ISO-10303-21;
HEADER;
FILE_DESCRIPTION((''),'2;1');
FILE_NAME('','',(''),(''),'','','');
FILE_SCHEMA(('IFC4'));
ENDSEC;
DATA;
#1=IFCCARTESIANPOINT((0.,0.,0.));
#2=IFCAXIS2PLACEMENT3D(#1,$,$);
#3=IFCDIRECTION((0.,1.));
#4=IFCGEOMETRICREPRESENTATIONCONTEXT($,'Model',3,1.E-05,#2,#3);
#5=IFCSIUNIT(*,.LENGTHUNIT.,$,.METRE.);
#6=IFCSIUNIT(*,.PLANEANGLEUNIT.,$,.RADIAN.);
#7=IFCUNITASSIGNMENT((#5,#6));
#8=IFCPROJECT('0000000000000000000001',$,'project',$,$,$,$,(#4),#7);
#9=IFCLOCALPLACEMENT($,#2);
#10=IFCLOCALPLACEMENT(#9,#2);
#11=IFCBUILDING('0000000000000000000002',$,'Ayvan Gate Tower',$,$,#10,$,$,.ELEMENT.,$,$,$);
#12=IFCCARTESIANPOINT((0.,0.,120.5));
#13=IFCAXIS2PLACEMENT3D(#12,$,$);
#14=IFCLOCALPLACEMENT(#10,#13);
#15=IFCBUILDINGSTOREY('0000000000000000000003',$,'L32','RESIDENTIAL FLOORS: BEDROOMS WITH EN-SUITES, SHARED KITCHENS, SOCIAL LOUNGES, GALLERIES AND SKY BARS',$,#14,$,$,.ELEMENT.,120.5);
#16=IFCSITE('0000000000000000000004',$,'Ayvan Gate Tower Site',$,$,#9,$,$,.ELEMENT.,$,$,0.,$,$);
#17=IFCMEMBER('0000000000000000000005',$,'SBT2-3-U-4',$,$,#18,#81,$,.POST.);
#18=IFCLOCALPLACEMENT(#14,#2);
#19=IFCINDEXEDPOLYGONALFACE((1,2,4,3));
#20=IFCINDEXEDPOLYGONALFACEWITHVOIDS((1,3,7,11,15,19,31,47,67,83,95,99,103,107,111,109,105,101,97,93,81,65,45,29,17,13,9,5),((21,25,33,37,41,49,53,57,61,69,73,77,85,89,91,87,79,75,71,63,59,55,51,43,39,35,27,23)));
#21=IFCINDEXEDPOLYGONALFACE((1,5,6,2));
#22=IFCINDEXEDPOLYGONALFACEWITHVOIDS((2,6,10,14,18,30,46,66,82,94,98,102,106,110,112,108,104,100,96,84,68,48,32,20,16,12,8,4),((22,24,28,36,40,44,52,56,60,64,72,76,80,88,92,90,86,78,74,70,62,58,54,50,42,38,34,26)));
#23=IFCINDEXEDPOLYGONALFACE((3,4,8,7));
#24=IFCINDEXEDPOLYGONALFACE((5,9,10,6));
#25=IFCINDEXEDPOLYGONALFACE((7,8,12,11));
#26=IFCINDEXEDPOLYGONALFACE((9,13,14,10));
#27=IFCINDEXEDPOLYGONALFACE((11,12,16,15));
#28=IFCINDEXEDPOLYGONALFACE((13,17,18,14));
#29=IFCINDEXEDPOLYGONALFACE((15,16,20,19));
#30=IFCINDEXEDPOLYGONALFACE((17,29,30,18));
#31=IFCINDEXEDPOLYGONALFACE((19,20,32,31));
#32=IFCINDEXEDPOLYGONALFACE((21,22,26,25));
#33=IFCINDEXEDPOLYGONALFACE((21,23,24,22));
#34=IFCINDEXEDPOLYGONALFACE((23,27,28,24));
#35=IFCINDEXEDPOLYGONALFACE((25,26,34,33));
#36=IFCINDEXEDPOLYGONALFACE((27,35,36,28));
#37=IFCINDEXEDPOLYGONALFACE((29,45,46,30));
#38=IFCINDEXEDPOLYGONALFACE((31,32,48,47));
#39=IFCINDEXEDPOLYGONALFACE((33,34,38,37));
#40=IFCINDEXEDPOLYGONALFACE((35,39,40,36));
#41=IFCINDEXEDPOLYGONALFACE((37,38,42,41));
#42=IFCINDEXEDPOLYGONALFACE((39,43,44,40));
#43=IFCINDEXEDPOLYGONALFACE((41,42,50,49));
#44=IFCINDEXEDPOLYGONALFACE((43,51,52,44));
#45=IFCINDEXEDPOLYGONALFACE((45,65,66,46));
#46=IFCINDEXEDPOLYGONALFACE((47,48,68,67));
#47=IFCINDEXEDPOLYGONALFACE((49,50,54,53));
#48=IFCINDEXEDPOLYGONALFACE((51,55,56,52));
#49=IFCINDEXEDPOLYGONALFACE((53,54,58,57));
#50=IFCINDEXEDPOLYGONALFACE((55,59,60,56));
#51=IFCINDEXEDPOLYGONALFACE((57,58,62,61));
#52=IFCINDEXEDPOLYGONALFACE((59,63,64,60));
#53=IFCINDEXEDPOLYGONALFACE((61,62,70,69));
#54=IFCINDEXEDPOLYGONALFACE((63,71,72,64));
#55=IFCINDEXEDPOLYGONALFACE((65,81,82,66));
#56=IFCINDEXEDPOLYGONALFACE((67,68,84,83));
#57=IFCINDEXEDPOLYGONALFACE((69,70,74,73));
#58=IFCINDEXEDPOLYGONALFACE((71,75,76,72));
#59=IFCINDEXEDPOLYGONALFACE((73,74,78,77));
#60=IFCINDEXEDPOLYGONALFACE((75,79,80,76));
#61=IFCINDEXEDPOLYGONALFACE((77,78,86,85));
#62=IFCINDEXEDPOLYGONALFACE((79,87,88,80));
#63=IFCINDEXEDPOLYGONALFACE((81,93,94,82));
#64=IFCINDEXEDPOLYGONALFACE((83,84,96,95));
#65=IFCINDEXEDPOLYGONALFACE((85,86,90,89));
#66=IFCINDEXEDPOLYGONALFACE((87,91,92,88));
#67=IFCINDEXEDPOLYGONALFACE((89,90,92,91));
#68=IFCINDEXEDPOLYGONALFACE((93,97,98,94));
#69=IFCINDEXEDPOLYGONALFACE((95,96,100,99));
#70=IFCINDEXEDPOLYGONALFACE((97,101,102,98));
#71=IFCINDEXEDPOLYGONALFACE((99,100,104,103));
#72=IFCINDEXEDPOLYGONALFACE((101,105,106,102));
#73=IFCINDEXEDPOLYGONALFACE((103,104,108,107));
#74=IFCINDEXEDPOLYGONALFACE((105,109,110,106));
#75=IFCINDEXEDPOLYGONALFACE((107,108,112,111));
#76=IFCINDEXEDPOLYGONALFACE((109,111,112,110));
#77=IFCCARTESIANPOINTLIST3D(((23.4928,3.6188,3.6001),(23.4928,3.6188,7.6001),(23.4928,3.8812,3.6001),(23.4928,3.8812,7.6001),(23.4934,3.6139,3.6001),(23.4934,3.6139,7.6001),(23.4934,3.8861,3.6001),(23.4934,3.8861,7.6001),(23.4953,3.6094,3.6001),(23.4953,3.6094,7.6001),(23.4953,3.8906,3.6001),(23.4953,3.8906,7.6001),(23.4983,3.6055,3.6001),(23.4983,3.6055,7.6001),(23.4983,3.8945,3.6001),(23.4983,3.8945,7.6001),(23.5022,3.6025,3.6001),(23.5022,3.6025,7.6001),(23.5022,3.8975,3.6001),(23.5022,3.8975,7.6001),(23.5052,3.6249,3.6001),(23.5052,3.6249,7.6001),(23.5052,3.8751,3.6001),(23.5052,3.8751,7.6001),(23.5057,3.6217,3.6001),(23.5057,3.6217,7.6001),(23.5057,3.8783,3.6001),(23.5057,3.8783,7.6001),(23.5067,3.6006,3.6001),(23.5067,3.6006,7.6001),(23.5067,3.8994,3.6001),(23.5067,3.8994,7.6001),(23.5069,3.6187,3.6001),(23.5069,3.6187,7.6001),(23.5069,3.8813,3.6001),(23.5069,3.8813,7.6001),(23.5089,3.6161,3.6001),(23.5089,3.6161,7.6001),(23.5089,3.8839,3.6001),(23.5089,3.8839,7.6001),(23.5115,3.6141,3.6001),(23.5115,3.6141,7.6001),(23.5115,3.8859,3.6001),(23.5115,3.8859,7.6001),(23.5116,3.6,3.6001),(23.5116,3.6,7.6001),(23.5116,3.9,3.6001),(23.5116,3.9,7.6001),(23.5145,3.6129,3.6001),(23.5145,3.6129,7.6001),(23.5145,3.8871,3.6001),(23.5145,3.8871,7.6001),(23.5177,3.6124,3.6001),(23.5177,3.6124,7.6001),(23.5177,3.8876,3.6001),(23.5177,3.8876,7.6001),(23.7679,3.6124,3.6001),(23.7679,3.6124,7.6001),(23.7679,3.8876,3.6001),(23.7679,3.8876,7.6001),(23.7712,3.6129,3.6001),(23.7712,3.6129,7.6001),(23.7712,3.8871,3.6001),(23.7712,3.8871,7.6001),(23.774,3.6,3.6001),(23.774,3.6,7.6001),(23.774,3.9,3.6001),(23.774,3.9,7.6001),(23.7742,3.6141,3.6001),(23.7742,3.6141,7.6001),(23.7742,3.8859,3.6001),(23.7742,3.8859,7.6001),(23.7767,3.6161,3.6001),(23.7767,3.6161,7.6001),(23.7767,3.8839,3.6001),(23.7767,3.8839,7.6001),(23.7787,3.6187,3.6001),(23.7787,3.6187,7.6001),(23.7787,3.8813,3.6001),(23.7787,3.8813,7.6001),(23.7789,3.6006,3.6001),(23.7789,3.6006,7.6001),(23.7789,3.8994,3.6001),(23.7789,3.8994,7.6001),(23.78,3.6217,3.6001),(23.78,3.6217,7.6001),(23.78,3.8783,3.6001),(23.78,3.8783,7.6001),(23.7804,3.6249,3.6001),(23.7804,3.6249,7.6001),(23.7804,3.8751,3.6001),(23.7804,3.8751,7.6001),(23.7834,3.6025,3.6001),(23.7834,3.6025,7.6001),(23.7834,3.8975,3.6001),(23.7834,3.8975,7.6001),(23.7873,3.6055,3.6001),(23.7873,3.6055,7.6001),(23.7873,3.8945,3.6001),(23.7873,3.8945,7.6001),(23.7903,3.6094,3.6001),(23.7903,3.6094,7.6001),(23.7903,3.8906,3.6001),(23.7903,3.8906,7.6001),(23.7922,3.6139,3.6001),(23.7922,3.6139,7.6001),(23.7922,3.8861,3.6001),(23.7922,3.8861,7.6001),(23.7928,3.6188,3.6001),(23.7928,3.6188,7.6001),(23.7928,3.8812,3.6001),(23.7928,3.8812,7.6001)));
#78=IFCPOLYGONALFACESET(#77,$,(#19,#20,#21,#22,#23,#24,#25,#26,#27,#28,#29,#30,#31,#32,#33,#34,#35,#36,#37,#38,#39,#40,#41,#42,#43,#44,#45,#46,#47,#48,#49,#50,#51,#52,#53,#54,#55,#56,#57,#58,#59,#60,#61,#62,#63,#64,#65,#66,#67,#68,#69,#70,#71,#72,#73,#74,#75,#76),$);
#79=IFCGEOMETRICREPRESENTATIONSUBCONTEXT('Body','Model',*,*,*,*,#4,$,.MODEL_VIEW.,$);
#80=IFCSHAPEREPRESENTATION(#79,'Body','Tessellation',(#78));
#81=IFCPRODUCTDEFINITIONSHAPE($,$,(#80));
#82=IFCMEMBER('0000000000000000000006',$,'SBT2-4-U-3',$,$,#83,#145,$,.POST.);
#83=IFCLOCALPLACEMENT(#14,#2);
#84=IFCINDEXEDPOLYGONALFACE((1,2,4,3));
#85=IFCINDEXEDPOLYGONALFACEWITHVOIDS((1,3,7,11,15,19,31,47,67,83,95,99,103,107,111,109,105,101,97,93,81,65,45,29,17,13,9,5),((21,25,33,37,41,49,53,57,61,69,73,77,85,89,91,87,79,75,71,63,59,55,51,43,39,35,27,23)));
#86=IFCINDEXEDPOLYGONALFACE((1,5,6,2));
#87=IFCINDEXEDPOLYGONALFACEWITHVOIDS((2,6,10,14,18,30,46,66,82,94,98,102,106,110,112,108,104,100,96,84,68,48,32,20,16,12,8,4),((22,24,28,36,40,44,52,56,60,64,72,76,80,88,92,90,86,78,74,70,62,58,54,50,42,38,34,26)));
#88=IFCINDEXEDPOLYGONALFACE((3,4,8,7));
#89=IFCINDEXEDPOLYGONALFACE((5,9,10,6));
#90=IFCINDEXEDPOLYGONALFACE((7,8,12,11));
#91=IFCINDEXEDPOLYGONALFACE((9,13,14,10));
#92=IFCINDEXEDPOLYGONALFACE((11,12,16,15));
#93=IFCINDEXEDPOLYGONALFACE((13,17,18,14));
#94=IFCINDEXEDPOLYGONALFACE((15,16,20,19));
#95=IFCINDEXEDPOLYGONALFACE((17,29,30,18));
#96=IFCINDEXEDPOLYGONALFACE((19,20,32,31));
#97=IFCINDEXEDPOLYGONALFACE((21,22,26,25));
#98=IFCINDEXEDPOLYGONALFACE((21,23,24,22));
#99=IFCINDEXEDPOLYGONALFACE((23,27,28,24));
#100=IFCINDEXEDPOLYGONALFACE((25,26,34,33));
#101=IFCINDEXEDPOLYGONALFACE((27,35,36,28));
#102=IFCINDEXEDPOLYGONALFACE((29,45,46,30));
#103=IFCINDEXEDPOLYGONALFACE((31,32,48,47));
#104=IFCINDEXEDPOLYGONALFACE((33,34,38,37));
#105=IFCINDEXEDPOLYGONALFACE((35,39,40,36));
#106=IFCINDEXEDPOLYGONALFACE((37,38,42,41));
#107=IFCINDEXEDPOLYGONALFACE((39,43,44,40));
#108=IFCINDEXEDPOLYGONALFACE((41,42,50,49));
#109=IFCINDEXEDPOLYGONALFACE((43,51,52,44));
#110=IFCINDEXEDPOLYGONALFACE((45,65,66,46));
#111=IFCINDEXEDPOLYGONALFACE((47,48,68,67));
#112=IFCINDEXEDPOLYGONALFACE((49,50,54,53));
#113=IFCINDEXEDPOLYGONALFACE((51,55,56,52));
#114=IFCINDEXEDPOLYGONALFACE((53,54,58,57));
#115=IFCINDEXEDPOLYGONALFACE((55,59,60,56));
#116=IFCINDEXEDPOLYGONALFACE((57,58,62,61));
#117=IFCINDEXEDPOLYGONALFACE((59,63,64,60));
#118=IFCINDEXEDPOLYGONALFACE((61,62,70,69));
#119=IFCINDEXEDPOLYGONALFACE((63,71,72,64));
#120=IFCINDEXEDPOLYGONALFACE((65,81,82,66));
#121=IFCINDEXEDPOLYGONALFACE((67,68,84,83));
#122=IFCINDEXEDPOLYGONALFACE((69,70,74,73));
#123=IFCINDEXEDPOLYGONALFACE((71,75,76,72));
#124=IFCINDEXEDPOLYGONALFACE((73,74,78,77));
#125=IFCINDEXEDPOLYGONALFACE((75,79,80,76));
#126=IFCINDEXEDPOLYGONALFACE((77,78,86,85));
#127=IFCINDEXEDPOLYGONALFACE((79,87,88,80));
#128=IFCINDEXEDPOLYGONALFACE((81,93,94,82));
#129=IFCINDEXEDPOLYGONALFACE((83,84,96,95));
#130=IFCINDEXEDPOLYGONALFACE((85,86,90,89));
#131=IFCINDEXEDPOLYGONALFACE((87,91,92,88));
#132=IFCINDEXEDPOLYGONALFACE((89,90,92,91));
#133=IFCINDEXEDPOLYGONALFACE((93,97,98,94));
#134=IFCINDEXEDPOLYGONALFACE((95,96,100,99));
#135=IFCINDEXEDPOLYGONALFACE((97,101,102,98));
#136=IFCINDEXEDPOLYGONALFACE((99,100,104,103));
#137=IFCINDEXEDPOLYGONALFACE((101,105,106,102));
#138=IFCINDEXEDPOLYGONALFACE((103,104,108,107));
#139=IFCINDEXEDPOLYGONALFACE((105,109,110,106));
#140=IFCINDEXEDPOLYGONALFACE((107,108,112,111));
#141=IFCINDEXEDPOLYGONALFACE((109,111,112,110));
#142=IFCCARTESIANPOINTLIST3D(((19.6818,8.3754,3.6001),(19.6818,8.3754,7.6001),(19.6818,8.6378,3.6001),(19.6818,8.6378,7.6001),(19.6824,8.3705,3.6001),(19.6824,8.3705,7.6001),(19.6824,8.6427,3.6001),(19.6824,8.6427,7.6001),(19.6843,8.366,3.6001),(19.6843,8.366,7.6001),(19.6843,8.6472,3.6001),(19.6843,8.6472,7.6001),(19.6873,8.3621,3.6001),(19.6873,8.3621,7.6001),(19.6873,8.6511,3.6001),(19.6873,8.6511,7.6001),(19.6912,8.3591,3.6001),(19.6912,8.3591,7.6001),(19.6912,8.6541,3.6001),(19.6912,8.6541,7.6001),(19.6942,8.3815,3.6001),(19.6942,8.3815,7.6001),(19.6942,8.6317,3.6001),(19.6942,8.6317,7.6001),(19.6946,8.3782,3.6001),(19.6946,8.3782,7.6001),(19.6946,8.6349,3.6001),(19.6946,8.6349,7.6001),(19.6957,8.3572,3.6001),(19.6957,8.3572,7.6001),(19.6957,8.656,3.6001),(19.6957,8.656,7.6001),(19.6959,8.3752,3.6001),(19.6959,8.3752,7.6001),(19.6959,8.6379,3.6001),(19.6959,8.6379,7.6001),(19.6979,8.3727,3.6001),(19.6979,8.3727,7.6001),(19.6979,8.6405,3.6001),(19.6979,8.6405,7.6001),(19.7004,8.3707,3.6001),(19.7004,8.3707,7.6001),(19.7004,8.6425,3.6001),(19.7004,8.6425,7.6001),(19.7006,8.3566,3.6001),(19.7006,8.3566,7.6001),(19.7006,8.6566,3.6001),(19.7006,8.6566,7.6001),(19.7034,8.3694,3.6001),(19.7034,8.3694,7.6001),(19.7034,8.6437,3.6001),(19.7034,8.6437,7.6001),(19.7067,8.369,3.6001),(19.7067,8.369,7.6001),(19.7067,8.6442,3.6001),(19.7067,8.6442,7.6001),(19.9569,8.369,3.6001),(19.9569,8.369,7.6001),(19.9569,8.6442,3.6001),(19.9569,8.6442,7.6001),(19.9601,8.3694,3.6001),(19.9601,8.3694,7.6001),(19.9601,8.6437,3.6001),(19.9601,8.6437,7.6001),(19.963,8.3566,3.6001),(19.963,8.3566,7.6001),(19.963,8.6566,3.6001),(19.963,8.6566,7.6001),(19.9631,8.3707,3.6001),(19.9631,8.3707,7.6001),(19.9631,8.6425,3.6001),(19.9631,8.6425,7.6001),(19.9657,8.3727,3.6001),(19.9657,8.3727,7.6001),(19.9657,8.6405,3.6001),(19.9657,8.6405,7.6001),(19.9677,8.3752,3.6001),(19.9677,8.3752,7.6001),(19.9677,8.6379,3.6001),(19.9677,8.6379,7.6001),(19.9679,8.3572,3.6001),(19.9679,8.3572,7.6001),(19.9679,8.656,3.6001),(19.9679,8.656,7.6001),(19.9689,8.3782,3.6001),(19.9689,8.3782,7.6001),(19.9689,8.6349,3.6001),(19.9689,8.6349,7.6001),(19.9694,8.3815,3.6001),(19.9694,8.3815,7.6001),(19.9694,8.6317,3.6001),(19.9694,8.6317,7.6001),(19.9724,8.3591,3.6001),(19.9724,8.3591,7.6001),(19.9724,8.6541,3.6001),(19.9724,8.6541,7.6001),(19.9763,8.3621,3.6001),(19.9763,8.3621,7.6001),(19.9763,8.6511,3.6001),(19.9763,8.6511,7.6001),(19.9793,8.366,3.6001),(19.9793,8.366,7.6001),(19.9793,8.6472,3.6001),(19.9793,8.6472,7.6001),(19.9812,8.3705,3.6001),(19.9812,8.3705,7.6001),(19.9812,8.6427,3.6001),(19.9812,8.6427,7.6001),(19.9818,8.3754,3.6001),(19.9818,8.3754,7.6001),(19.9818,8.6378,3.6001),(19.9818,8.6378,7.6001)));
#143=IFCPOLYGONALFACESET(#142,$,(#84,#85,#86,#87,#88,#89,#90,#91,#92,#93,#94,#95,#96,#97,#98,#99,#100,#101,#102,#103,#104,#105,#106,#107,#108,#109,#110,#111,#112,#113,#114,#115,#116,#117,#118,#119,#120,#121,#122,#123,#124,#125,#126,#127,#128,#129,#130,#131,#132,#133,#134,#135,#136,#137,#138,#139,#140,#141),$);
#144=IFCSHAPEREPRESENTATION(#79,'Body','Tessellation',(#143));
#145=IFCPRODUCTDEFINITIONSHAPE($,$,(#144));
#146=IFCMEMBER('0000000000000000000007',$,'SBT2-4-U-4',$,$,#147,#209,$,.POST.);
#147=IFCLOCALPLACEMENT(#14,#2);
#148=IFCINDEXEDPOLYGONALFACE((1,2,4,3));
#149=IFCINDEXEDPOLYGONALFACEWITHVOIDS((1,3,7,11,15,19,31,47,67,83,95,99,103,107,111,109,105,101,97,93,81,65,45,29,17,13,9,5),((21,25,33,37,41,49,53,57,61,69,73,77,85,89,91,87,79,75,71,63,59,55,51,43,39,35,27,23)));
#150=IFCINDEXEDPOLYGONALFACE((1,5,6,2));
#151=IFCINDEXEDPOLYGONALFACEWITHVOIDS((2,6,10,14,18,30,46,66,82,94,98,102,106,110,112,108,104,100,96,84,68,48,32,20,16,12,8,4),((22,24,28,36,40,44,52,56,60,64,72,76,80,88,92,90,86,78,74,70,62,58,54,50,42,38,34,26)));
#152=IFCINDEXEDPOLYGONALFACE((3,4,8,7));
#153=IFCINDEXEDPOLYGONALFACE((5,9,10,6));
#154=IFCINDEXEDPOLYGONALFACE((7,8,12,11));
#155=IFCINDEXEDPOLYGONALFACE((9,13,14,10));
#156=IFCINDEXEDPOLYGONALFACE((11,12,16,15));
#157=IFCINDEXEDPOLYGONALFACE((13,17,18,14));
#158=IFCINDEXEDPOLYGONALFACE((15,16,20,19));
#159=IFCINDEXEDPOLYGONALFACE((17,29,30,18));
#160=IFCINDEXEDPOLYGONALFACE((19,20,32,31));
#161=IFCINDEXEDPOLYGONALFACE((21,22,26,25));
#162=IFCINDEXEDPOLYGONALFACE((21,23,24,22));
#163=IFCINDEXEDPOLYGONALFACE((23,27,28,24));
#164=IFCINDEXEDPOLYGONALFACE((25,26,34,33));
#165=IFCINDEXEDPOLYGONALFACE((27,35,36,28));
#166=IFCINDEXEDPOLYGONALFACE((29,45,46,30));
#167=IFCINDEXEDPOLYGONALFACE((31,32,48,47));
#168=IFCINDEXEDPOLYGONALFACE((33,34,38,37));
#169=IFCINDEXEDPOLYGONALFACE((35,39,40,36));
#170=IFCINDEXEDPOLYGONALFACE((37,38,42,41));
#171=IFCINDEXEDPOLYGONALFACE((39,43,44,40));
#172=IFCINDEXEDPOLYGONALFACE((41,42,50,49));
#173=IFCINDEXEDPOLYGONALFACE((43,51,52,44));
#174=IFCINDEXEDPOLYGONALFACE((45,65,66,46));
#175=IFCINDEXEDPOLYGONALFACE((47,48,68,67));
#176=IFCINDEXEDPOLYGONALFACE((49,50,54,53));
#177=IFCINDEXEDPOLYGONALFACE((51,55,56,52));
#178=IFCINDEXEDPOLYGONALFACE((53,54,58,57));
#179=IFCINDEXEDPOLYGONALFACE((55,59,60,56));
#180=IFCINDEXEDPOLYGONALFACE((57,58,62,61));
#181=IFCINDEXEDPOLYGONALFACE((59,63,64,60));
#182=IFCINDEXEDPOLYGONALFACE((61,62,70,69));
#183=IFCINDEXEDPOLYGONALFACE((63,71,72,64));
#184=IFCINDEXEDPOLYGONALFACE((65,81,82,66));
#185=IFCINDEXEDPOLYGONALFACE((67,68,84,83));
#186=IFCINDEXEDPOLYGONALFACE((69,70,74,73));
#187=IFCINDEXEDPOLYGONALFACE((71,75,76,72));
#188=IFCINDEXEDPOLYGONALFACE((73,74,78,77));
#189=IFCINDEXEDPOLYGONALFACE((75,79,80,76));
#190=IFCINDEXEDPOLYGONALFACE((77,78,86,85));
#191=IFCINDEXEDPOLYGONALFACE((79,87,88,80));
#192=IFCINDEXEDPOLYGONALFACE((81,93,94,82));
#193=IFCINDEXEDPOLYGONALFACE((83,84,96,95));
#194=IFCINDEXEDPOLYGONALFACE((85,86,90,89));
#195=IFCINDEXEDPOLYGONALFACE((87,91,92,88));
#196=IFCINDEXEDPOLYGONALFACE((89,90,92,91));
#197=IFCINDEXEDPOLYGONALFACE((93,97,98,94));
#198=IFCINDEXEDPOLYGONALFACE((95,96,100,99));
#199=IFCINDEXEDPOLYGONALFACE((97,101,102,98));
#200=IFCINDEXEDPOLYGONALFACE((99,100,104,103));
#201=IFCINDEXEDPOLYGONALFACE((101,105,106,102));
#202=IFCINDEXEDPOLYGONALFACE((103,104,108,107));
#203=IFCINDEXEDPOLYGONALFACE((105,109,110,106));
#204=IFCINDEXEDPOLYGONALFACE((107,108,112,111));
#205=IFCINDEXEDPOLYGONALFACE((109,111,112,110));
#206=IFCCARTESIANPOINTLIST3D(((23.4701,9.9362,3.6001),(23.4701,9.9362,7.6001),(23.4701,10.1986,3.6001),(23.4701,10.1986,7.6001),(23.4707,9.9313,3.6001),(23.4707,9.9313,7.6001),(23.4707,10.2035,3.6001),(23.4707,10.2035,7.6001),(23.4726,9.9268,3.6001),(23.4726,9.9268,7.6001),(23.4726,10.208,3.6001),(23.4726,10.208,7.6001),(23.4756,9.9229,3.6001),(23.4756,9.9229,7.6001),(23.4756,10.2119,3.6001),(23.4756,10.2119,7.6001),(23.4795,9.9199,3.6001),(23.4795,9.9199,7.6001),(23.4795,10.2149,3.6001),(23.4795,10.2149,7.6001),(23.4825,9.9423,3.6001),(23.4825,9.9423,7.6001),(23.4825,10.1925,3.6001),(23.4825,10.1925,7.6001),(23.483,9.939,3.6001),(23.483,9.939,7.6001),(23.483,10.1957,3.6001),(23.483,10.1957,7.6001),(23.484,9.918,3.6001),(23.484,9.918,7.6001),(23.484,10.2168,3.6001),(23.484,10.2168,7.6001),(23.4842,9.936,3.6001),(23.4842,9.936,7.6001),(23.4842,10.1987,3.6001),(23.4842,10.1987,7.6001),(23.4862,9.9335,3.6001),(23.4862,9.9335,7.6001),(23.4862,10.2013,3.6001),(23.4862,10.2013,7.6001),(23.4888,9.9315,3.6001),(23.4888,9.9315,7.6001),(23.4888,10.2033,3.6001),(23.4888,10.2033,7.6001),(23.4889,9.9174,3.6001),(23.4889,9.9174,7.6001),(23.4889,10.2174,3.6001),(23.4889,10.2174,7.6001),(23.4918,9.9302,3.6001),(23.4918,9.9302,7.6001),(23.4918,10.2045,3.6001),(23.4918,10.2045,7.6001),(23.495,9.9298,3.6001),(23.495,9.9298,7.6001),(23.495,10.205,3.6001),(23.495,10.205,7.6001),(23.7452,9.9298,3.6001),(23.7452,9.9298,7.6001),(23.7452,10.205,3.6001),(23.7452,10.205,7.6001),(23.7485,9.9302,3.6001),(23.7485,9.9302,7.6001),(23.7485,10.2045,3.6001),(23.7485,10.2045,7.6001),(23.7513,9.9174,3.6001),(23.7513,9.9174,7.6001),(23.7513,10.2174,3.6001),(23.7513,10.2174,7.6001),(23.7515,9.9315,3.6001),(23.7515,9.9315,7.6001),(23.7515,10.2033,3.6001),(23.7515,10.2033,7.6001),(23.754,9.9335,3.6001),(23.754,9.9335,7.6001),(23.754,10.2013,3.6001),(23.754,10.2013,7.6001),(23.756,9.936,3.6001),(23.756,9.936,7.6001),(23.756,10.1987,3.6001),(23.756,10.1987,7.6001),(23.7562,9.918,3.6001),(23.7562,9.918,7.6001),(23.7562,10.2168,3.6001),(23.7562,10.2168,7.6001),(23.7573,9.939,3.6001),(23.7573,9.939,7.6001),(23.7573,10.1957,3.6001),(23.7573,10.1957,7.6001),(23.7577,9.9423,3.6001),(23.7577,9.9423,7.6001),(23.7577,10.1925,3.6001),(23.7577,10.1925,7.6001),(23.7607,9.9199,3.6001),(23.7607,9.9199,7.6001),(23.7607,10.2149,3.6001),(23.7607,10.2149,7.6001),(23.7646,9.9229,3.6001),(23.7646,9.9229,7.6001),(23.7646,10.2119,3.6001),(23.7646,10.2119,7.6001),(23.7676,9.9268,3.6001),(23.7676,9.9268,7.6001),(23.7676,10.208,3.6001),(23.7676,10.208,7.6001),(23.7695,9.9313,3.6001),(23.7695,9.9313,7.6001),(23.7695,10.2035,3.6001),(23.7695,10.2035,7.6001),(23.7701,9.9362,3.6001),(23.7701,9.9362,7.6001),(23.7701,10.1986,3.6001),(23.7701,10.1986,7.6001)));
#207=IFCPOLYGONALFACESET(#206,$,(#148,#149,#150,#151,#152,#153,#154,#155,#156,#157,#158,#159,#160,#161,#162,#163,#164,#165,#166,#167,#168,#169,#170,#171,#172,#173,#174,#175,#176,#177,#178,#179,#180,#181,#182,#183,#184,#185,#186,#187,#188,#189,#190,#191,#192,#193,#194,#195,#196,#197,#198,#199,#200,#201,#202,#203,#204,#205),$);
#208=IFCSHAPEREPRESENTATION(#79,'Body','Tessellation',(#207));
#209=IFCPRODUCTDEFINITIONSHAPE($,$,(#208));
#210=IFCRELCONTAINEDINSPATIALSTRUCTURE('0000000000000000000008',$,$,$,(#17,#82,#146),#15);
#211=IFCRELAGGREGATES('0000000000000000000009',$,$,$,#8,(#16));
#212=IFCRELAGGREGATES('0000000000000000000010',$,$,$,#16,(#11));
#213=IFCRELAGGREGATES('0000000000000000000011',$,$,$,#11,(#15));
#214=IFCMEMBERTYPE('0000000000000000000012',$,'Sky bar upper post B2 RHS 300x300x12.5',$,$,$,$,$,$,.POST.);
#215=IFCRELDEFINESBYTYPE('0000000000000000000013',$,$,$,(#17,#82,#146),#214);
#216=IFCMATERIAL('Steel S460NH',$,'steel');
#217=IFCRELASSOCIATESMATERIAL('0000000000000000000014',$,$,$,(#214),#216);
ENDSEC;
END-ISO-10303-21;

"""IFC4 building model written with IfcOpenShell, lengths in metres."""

from ifc_helpers import new_model, si_unit, direction, frame, origin, origin_2d, place, context, subcontext, project, spatial, hollow_rectangle, extrude, material, material_profile, profile_set, type_object, element, save


model = new_model("IFC4")

# Units and contexts
model_context = context("Model", 3, precision=1e-05, world=origin(), true_north=direction((0.0, 1.0)))
body_context = subcontext(model_context, "Body", "Model", "MODEL_VIEW")
ifc_project = project(units=[si_unit("LENGTHUNIT", "METRE"), si_unit("PLANEANGLEUNIT", "RADIAN")], contexts=[model_context])

# Site, building, storey
site_placement = place(None, origin())
site = spatial("IfcSite", under=ifc_project, at=site_placement, Name="Ayvan Gate Tower Site", CompositionType="ELEMENT", RefElevation=0.0)
building_placement = place(site_placement, origin())
building = spatial("IfcBuilding", under=site, at=building_placement, Name="Ayvan Gate Tower", CompositionType="ELEMENT")
storey_placement = place(building_placement, frame((0.0, 0.0, 120.5)))
storey = spatial("IfcBuildingStorey", under=building, at=storey_placement, Name="L32", Description="RESIDENTIAL FLOORS: BEDROOMS WITH EN-SUITES, SHARED KITCHENS, SOCIAL LOUNGES, GALLERIES AND SKY BARS", CompositionType="ELEMENT", Elevation=120.5)

# Members
ifc_material_1 = material(Name="Steel S460NH", Category="steel")
ifc_material_profile_1 = material_profile(ifc_material_1, hollow_rectangle(XDim=0.3, YDim=0.3, WallThickness=0.0125, InnerFilletRadius=0.0125, OuterFilletRadius=0.0188, at=origin_2d()), Name="RHS 300x300x12.5")
ifc_profile_set_1 = profile_set([ifc_material_profile_1], Name="Steel S460NH")
member_type_1 = type_object("IfcMemberType", Name="Sky bar upper post B2 RHS 300x300x12.5", PredefinedType="POST", material=ifc_profile_set_1)
for number, where, z_axis, x_axis, name in (
    (1, (23.6428, 3.75, 3.6001), (0.0, 0.0, 1.0), (1.0, 0.0, 0.0), "SBT2-3-U-4"),
    (2, (19.8318, 8.5066, 3.6001), (0.0, 0.0, 1.0), (1.0, 0.0, 0.0), "SBT2-4-U-3"),
    (3, (23.6201, 10.0674, 3.6001), (0.0, 0.0, 1.0), (1.0, 0.0, 0.0), "SBT2-4-U-4"),
):
    element("IfcMember", number, at=place(storey_placement, frame(where, z_axis=z_axis, x_axis=x_axis)), inside=storey, type_object=member_type_1, Name=name, PredefinedType="POST", context=body_context, shape_type="SweptSolid", body=[
        extrude(hollow_rectangle(XDim=0.3, YDim=0.3, WallThickness=0.0125, InnerFilletRadius=0.0125, OuterFilletRadius=0.0188, at=origin_2d()), origin(), (0.0, 0.0, 1.0), 4.0),
    ])

save(model, "model.ifc")
